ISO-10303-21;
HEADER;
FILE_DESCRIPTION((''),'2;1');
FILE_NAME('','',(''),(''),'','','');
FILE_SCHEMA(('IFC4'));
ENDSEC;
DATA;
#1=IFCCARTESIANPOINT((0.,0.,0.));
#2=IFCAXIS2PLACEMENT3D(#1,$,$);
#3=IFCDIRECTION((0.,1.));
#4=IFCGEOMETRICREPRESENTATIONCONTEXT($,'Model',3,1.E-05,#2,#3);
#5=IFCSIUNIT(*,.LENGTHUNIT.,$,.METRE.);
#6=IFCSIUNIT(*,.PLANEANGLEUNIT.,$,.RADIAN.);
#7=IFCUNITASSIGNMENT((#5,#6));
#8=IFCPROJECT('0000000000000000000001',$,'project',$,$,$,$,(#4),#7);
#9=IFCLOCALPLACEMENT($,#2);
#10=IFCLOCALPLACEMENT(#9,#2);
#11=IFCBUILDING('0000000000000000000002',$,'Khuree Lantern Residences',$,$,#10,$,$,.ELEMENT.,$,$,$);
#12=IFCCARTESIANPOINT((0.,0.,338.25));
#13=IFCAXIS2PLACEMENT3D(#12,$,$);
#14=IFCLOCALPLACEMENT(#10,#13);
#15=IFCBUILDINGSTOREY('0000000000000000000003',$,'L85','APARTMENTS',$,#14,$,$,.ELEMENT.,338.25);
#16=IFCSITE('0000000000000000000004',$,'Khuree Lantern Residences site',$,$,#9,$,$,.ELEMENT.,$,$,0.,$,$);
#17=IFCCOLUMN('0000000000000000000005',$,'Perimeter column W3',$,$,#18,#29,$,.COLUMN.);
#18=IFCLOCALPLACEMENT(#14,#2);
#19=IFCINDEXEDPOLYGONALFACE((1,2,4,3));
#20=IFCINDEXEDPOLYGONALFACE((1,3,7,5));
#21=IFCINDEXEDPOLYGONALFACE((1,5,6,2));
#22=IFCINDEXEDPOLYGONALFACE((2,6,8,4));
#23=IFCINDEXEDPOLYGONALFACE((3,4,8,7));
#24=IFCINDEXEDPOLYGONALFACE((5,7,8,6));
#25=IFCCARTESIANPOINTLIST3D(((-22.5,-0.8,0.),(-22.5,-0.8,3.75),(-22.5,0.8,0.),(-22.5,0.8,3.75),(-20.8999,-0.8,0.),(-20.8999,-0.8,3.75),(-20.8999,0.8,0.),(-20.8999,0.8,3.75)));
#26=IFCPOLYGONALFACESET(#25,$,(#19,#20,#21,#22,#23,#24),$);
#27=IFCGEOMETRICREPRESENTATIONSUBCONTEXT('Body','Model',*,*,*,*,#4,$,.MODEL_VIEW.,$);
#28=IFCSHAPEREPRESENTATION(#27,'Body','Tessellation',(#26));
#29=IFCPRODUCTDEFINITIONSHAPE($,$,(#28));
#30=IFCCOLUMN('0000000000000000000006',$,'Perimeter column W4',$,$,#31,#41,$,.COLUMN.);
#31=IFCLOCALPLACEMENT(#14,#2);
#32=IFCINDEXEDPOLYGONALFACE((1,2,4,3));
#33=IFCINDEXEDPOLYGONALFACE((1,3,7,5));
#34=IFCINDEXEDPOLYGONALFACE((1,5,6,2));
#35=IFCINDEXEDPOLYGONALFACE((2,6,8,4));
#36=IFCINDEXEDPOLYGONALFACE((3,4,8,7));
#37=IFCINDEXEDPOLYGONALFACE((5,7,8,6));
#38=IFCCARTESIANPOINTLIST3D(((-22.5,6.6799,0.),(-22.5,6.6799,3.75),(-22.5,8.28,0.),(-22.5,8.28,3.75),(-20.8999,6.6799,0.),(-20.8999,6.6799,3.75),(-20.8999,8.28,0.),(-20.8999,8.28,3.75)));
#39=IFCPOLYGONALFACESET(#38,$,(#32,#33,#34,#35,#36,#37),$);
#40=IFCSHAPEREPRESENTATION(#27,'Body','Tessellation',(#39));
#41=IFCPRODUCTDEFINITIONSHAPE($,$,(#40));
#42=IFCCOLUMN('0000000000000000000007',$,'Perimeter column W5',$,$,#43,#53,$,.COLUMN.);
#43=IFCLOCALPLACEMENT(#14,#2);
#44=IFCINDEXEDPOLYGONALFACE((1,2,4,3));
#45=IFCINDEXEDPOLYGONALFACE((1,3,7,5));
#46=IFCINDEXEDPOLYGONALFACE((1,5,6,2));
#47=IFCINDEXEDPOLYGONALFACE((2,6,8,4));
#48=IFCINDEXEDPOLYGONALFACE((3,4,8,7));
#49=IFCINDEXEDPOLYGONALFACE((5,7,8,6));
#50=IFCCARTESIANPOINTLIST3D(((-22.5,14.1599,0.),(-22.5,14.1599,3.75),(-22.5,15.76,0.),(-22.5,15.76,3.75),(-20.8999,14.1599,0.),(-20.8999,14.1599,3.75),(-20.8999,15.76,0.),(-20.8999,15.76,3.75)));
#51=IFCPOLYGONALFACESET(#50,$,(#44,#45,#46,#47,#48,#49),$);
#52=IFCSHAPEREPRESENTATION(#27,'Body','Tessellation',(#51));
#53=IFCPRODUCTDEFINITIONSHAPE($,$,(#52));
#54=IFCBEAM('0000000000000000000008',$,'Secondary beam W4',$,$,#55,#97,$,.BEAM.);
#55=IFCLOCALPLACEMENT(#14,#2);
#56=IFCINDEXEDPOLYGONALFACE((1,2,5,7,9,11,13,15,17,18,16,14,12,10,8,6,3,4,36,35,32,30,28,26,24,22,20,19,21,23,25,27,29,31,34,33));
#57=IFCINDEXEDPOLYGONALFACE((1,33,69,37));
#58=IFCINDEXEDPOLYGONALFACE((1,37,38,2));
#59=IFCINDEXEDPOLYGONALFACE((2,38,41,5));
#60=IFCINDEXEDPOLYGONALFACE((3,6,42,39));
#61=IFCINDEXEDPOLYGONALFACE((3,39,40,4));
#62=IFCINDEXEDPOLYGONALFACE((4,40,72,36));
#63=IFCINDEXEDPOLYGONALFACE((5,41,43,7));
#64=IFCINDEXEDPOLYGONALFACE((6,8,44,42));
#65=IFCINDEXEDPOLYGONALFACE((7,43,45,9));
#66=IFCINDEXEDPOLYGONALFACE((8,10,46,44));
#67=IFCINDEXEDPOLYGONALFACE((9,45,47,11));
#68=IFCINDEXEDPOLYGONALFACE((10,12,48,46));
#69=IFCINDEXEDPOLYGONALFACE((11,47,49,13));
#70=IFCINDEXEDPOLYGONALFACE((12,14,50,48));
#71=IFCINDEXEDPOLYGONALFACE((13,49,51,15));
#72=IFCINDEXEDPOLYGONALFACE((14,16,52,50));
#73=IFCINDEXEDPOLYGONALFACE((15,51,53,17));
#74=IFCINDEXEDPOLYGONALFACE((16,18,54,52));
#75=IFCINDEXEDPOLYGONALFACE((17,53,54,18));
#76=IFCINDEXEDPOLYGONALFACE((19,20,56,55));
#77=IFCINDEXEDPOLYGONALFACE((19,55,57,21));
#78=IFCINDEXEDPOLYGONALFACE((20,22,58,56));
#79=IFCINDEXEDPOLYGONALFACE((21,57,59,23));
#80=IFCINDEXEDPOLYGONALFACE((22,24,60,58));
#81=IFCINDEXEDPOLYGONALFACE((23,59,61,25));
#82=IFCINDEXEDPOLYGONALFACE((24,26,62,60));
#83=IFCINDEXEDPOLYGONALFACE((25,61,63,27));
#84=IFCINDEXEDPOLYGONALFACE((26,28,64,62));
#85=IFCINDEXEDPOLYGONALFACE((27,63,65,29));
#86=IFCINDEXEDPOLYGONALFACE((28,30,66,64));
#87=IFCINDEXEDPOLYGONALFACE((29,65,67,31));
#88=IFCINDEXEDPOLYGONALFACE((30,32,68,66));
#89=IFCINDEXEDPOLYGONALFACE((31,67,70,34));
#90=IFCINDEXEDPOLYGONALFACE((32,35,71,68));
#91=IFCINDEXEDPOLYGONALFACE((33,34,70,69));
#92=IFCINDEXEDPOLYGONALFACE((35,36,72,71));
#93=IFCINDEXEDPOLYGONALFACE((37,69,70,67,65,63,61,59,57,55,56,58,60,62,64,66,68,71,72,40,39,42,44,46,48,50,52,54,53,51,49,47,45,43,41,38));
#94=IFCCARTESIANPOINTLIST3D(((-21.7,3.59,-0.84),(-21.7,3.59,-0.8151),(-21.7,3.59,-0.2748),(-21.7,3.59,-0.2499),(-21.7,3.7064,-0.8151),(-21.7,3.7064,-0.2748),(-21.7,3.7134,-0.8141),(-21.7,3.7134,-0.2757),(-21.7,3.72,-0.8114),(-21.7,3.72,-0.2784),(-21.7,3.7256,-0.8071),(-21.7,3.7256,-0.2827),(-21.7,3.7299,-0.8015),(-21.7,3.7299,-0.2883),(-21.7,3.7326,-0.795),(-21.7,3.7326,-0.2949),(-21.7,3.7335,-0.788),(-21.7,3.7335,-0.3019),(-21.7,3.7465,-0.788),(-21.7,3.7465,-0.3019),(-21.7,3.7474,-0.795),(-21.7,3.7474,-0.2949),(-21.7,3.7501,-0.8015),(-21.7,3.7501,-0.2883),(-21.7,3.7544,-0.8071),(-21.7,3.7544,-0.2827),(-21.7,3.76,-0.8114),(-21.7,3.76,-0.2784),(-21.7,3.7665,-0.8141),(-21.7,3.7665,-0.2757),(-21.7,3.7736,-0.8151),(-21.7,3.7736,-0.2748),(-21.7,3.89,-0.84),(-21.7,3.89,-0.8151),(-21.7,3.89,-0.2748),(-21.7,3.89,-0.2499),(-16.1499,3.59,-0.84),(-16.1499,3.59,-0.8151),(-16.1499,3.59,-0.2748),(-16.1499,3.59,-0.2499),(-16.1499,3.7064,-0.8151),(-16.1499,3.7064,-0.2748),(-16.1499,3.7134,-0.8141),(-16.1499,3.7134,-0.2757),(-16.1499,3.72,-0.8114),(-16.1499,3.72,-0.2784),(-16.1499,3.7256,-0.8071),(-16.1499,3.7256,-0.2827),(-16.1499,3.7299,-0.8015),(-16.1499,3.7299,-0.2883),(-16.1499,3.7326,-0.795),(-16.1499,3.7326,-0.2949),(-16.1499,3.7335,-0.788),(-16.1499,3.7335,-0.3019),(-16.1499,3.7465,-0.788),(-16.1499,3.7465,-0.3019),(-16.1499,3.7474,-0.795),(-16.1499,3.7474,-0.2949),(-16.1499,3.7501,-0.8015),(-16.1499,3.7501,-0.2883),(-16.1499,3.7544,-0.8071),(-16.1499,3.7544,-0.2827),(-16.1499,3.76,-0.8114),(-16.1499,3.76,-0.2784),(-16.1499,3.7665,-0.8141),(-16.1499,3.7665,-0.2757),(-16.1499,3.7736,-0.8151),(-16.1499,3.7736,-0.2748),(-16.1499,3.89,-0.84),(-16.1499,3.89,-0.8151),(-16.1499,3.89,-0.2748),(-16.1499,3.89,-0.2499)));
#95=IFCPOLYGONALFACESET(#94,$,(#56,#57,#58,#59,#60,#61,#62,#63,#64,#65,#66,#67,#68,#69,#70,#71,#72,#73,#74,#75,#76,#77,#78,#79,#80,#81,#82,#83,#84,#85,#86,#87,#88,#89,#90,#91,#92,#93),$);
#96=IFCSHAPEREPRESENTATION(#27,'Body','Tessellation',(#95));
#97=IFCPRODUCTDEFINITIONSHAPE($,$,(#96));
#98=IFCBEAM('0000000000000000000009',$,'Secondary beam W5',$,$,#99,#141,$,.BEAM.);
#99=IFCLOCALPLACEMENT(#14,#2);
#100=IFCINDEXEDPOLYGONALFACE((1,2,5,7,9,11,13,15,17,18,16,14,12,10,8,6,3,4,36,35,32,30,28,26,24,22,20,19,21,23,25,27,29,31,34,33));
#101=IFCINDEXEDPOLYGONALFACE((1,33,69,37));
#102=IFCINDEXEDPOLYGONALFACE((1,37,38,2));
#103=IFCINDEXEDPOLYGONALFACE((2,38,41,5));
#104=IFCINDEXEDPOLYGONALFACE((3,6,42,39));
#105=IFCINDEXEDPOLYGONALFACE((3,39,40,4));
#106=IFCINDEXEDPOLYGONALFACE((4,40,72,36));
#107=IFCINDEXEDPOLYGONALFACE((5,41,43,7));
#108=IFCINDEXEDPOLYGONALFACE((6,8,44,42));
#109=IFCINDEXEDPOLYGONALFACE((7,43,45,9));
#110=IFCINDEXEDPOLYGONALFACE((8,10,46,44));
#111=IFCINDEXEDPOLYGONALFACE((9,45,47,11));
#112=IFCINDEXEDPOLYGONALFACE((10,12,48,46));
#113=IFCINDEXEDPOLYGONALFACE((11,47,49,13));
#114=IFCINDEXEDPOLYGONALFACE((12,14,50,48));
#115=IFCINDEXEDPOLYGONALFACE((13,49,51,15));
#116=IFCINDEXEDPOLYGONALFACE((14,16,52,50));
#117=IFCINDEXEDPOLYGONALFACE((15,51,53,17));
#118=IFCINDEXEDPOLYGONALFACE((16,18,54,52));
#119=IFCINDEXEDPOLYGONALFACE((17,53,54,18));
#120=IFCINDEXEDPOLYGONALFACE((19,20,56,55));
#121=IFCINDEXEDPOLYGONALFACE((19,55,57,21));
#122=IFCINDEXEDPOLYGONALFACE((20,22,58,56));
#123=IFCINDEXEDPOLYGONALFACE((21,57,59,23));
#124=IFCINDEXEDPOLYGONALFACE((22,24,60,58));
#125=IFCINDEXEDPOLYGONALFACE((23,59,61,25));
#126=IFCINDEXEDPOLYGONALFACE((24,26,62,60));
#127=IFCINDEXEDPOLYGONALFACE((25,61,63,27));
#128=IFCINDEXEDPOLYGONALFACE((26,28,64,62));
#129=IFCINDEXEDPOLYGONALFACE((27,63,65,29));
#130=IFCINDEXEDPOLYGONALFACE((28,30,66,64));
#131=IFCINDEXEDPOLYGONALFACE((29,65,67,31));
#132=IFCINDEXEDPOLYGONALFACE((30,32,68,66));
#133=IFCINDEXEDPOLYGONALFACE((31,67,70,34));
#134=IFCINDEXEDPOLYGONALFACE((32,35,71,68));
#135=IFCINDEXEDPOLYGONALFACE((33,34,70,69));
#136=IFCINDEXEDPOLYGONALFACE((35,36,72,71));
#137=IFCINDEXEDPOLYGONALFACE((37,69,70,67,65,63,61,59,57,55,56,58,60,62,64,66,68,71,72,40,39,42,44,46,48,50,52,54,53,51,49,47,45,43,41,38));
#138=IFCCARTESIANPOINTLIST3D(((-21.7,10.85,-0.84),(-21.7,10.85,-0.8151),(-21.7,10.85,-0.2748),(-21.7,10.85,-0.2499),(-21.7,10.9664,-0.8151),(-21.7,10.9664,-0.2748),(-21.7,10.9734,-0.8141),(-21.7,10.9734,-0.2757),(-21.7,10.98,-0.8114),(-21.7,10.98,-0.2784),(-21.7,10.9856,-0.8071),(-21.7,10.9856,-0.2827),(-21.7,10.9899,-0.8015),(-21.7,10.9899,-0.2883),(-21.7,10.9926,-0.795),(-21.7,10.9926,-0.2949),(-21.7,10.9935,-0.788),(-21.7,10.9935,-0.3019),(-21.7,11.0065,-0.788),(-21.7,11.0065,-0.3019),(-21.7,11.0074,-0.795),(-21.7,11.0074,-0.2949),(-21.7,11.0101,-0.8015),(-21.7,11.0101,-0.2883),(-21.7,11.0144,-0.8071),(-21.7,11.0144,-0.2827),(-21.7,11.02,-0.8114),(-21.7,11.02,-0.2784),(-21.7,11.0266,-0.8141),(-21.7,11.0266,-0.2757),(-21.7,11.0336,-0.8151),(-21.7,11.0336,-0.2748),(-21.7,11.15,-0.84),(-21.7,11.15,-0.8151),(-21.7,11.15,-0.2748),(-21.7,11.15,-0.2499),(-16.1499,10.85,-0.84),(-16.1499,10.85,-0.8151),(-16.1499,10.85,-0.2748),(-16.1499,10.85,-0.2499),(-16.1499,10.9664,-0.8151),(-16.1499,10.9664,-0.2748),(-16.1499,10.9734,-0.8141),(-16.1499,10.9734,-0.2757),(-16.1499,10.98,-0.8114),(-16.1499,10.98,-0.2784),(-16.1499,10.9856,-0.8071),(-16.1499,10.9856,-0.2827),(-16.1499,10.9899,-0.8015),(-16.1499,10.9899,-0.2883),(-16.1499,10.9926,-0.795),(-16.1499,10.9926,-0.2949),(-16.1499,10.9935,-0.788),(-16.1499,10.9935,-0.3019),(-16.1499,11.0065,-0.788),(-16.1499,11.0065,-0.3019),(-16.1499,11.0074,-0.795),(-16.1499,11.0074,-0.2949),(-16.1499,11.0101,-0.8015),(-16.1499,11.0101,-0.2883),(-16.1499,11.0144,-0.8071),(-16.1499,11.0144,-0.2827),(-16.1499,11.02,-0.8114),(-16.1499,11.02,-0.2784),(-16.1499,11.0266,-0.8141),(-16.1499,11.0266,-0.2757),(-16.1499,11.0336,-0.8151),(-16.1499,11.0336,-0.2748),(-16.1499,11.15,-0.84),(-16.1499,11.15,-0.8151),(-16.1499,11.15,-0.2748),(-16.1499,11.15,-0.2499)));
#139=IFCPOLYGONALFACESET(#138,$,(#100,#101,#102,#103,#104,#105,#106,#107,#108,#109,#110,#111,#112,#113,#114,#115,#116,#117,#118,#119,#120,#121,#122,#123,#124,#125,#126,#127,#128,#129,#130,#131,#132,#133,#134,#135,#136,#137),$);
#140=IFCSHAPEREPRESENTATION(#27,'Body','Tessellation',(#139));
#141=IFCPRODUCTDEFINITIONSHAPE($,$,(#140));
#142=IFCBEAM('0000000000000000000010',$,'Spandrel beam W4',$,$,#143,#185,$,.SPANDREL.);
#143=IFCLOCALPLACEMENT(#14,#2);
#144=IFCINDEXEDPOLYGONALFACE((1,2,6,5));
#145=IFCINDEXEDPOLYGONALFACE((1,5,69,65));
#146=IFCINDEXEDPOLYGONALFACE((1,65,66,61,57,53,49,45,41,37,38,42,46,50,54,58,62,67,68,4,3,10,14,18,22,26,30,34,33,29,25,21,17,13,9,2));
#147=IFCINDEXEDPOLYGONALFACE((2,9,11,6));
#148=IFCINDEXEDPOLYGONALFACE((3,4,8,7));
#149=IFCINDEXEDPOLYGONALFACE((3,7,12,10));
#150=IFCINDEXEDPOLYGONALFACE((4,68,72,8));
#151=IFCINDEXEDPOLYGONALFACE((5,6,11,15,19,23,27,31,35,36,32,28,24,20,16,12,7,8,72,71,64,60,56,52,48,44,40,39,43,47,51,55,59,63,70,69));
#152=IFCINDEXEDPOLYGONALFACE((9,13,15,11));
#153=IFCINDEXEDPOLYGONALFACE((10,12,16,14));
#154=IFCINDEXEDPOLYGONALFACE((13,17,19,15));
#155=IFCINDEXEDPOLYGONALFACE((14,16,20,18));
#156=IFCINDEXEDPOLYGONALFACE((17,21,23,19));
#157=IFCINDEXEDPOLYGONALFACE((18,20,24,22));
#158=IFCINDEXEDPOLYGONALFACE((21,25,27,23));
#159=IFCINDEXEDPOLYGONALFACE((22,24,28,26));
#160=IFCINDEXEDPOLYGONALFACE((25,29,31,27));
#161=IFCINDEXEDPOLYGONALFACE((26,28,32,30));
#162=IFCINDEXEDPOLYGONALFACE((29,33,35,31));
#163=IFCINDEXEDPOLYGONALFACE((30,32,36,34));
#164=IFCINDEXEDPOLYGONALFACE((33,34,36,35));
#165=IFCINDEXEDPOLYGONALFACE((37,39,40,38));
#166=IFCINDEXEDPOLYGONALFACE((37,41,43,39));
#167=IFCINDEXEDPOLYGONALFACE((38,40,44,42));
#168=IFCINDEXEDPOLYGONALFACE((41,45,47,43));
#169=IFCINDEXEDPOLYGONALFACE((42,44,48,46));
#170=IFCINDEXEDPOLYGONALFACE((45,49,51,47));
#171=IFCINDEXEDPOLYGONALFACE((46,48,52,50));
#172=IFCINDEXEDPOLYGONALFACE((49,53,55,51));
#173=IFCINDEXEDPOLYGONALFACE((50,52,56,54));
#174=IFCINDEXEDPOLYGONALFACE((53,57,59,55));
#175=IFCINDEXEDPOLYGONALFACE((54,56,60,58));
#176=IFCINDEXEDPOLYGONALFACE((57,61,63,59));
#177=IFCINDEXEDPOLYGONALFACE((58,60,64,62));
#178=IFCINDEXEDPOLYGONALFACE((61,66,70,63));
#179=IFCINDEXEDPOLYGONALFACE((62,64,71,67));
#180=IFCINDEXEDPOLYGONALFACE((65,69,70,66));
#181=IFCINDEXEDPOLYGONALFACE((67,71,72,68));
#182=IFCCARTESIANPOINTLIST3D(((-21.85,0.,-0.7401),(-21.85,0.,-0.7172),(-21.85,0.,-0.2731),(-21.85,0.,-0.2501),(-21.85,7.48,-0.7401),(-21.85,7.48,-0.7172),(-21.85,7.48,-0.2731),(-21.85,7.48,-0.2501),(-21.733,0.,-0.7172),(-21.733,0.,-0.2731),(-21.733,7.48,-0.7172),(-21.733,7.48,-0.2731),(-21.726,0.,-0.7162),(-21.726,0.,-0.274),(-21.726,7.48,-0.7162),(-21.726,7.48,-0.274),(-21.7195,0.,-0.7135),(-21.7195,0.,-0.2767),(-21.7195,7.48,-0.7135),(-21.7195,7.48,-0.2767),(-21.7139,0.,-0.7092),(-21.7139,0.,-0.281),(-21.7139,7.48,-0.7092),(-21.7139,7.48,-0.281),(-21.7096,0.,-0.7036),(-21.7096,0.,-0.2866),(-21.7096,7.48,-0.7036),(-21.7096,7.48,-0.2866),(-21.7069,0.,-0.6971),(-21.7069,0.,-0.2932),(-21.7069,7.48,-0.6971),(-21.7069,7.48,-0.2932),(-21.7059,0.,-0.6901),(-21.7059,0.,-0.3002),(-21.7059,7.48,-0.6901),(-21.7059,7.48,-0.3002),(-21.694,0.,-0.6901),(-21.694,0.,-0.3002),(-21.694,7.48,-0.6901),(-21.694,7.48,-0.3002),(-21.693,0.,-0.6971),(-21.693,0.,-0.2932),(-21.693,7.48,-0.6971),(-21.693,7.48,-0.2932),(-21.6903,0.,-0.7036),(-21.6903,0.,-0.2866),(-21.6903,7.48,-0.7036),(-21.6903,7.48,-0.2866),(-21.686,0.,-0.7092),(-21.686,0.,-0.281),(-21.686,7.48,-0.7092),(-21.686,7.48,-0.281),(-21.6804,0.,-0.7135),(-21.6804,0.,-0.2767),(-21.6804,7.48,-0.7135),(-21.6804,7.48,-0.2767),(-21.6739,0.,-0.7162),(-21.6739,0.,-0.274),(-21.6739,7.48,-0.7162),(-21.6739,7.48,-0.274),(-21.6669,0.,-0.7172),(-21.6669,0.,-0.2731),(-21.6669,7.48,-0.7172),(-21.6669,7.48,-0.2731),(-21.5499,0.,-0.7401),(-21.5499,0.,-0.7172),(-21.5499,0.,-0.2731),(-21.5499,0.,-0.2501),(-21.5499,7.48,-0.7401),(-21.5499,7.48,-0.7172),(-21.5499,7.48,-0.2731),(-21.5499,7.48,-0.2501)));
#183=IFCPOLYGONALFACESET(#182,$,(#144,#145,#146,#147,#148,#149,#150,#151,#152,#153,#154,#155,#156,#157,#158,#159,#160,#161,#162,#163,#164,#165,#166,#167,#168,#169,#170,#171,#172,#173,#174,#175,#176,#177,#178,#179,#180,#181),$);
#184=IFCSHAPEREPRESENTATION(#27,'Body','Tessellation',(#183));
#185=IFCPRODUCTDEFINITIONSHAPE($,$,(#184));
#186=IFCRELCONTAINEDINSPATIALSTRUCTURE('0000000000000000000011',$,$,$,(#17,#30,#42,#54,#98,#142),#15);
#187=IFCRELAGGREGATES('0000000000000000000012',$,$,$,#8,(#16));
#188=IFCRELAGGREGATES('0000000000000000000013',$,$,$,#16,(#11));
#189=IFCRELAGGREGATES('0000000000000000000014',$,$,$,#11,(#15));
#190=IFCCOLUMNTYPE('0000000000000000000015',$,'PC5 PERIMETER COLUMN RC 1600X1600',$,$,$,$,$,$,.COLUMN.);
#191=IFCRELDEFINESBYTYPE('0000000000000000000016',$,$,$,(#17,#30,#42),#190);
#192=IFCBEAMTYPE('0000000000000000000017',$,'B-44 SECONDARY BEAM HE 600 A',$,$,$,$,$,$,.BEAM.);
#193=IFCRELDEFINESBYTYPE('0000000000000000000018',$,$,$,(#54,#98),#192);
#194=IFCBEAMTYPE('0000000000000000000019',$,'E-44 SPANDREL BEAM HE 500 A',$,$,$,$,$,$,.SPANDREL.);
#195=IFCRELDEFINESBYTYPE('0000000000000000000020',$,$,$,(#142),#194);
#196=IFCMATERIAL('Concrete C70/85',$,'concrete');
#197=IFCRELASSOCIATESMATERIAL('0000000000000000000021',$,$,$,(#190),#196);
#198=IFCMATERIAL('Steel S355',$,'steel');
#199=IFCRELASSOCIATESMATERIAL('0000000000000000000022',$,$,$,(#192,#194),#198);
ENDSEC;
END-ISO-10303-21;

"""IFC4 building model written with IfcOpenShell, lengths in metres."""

from ifc_helpers import new_model, si_unit, direction, frame, origin, origin_2d, place, context, subcontext, project, spatial, rectangle, i_section, extrude, material, material_profile, profile_set, type_object, element, save


model = new_model("IFC4")

# Units and contexts
model_context = context("Model", 3, precision=1e-05, world=origin(), true_north=direction((0.0, 1.0)))
body_context = subcontext(model_context, "Body", "Model", "MODEL_VIEW")
ifc_project = project(units=[si_unit("LENGTHUNIT", "METRE"), si_unit("PLANEANGLEUNIT", "RADIAN")], contexts=[model_context])

# Site, building, storey
site_placement = place(None, origin())
site = spatial("IfcSite", under=ifc_project, at=site_placement, Name="Khuree Lantern Residences site", CompositionType="ELEMENT", RefElevation=0.0)
building_placement = place(site_placement, origin())
building = spatial("IfcBuilding", under=site, at=building_placement, Name="Khuree Lantern Residences", CompositionType="ELEMENT")
storey_placement = place(building_placement, frame((0.0, 0.0, 338.25)))
storey = spatial("IfcBuildingStorey", under=building, at=storey_placement, Name="L85", Description="APARTMENTS", CompositionType="ELEMENT", Elevation=338.25)

# Columns
ifc_material_1 = material(Name="Concrete C70/85", Category="concrete")
ifc_material_profile_1 = material_profile(ifc_material_1, rectangle(XDim=1.6001, YDim=1.6001, at=origin_2d()), Name="RC 1600X1600")
ifc_profile_set_1 = profile_set([ifc_material_profile_1], Name="Concrete C70/85")
column_type = type_object("IfcColumnType", Name="PC5 PERIMETER COLUMN RC 1600X1600", PredefinedType="COLUMN", material=ifc_profile_set_1)
for number, where, z_axis, x_axis, name in (
    (1, (-21.7, 0.0, 0.0), (0.0, 0.0, 1.0), (0.0, 1.0, 0.0), "Perimeter column W3"),
    (2, (-21.7, 7.48, 0.0), (0.0, 0.0, 1.0), (0.0, 1.0, 0.0), "Perimeter column W4"),
    (3, (-21.7, 14.96, 0.0), (0.0, 0.0, 1.0), (0.0, 1.0, 0.0), "Perimeter column W5"),
):
    element("IfcColumn", number, at=place(storey_placement, frame(where, z_axis=z_axis, x_axis=x_axis)), inside=storey, type_object=column_type, Name=name, PredefinedType="COLUMN", context=body_context, shape_type="SweptSolid", body=[
        extrude(rectangle(XDim=1.6001, YDim=1.6001, at=origin_2d()), origin(), (0.0, 0.0, 1.0), 3.75),
    ])

# Beams
ifc_material_2 = material(Name="Steel S355", Category="steel")
ifc_material_profile_2 = material_profile(ifc_material_2, i_section(OverallWidth=0.3, OverallDepth=0.5901, WebThickness=0.0129, FlangeThickness=0.0249, FilletRadius=0.0271, at=origin_2d()), Name="HE 600 A")
ifc_profile_set_2 = profile_set([ifc_material_profile_2], Name="Steel S355")
beam_type_1 = type_object("IfcBeamType", Name="B-44 SECONDARY BEAM HE 600 A", PredefinedType="BEAM", material=ifc_profile_set_2)
for number, where, z_axis, x_axis, name in (
    (4, (-21.7, 3.74, -0.5449), (1.0, 0.0, 0.0), (0.0, 1.0, 0.0), "Secondary beam W4"),
    (5, (-21.7, 11.0, -0.5449), (1.0, 0.0, 0.0), (0.0, 1.0, 0.0), "Secondary beam W5"),
):
    element("IfcBeam", number, at=place(storey_placement, frame(where, z_axis=z_axis, x_axis=x_axis)), inside=storey, type_object=beam_type_1, Name=name, PredefinedType="BEAM", context=body_context, shape_type="SweptSolid", body=[
        extrude(i_section(OverallWidth=0.3, OverallDepth=0.5901, WebThickness=0.0129, FlangeThickness=0.0249, FilletRadius=0.0271, at=origin_2d()), origin(), (0.0, 0.0, 1.0), 5.55),
    ])
ifc_material_profile_3 = material_profile(ifc_material_2, i_section(OverallWidth=0.3, OverallDepth=0.49, WebThickness=0.012, FlangeThickness=0.0229, FilletRadius=0.0271, at=origin_2d()), Name="HE 500 A")
ifc_profile_set_3 = profile_set([ifc_material_profile_3], Name="Steel S355")
beam_type_2 = type_object("IfcBeamType", Name="E-44 SPANDREL BEAM HE 500 A", PredefinedType="SPANDREL", material=ifc_profile_set_3)
for number, where, z_axis, x_axis, name in (
    (6, (-21.7, 0.0, -0.4951), (0.0, 1.0, 0.0), (-1.0, 0.0, 0.0), "Spandrel beam W4"),
):
    element("IfcBeam", number, at=place(storey_placement, frame(where, z_axis=z_axis, x_axis=x_axis)), inside=storey, type_object=beam_type_2, Name=name, PredefinedType="SPANDREL", context=body_context, shape_type="SweptSolid", body=[
        extrude(i_section(OverallWidth=0.3, OverallDepth=0.49, WebThickness=0.012, FlangeThickness=0.0229, FilletRadius=0.0271, at=origin_2d()), origin(), (0.0, 0.0, 1.0), 7.48),
    ])

save(model, "model.ifc")
